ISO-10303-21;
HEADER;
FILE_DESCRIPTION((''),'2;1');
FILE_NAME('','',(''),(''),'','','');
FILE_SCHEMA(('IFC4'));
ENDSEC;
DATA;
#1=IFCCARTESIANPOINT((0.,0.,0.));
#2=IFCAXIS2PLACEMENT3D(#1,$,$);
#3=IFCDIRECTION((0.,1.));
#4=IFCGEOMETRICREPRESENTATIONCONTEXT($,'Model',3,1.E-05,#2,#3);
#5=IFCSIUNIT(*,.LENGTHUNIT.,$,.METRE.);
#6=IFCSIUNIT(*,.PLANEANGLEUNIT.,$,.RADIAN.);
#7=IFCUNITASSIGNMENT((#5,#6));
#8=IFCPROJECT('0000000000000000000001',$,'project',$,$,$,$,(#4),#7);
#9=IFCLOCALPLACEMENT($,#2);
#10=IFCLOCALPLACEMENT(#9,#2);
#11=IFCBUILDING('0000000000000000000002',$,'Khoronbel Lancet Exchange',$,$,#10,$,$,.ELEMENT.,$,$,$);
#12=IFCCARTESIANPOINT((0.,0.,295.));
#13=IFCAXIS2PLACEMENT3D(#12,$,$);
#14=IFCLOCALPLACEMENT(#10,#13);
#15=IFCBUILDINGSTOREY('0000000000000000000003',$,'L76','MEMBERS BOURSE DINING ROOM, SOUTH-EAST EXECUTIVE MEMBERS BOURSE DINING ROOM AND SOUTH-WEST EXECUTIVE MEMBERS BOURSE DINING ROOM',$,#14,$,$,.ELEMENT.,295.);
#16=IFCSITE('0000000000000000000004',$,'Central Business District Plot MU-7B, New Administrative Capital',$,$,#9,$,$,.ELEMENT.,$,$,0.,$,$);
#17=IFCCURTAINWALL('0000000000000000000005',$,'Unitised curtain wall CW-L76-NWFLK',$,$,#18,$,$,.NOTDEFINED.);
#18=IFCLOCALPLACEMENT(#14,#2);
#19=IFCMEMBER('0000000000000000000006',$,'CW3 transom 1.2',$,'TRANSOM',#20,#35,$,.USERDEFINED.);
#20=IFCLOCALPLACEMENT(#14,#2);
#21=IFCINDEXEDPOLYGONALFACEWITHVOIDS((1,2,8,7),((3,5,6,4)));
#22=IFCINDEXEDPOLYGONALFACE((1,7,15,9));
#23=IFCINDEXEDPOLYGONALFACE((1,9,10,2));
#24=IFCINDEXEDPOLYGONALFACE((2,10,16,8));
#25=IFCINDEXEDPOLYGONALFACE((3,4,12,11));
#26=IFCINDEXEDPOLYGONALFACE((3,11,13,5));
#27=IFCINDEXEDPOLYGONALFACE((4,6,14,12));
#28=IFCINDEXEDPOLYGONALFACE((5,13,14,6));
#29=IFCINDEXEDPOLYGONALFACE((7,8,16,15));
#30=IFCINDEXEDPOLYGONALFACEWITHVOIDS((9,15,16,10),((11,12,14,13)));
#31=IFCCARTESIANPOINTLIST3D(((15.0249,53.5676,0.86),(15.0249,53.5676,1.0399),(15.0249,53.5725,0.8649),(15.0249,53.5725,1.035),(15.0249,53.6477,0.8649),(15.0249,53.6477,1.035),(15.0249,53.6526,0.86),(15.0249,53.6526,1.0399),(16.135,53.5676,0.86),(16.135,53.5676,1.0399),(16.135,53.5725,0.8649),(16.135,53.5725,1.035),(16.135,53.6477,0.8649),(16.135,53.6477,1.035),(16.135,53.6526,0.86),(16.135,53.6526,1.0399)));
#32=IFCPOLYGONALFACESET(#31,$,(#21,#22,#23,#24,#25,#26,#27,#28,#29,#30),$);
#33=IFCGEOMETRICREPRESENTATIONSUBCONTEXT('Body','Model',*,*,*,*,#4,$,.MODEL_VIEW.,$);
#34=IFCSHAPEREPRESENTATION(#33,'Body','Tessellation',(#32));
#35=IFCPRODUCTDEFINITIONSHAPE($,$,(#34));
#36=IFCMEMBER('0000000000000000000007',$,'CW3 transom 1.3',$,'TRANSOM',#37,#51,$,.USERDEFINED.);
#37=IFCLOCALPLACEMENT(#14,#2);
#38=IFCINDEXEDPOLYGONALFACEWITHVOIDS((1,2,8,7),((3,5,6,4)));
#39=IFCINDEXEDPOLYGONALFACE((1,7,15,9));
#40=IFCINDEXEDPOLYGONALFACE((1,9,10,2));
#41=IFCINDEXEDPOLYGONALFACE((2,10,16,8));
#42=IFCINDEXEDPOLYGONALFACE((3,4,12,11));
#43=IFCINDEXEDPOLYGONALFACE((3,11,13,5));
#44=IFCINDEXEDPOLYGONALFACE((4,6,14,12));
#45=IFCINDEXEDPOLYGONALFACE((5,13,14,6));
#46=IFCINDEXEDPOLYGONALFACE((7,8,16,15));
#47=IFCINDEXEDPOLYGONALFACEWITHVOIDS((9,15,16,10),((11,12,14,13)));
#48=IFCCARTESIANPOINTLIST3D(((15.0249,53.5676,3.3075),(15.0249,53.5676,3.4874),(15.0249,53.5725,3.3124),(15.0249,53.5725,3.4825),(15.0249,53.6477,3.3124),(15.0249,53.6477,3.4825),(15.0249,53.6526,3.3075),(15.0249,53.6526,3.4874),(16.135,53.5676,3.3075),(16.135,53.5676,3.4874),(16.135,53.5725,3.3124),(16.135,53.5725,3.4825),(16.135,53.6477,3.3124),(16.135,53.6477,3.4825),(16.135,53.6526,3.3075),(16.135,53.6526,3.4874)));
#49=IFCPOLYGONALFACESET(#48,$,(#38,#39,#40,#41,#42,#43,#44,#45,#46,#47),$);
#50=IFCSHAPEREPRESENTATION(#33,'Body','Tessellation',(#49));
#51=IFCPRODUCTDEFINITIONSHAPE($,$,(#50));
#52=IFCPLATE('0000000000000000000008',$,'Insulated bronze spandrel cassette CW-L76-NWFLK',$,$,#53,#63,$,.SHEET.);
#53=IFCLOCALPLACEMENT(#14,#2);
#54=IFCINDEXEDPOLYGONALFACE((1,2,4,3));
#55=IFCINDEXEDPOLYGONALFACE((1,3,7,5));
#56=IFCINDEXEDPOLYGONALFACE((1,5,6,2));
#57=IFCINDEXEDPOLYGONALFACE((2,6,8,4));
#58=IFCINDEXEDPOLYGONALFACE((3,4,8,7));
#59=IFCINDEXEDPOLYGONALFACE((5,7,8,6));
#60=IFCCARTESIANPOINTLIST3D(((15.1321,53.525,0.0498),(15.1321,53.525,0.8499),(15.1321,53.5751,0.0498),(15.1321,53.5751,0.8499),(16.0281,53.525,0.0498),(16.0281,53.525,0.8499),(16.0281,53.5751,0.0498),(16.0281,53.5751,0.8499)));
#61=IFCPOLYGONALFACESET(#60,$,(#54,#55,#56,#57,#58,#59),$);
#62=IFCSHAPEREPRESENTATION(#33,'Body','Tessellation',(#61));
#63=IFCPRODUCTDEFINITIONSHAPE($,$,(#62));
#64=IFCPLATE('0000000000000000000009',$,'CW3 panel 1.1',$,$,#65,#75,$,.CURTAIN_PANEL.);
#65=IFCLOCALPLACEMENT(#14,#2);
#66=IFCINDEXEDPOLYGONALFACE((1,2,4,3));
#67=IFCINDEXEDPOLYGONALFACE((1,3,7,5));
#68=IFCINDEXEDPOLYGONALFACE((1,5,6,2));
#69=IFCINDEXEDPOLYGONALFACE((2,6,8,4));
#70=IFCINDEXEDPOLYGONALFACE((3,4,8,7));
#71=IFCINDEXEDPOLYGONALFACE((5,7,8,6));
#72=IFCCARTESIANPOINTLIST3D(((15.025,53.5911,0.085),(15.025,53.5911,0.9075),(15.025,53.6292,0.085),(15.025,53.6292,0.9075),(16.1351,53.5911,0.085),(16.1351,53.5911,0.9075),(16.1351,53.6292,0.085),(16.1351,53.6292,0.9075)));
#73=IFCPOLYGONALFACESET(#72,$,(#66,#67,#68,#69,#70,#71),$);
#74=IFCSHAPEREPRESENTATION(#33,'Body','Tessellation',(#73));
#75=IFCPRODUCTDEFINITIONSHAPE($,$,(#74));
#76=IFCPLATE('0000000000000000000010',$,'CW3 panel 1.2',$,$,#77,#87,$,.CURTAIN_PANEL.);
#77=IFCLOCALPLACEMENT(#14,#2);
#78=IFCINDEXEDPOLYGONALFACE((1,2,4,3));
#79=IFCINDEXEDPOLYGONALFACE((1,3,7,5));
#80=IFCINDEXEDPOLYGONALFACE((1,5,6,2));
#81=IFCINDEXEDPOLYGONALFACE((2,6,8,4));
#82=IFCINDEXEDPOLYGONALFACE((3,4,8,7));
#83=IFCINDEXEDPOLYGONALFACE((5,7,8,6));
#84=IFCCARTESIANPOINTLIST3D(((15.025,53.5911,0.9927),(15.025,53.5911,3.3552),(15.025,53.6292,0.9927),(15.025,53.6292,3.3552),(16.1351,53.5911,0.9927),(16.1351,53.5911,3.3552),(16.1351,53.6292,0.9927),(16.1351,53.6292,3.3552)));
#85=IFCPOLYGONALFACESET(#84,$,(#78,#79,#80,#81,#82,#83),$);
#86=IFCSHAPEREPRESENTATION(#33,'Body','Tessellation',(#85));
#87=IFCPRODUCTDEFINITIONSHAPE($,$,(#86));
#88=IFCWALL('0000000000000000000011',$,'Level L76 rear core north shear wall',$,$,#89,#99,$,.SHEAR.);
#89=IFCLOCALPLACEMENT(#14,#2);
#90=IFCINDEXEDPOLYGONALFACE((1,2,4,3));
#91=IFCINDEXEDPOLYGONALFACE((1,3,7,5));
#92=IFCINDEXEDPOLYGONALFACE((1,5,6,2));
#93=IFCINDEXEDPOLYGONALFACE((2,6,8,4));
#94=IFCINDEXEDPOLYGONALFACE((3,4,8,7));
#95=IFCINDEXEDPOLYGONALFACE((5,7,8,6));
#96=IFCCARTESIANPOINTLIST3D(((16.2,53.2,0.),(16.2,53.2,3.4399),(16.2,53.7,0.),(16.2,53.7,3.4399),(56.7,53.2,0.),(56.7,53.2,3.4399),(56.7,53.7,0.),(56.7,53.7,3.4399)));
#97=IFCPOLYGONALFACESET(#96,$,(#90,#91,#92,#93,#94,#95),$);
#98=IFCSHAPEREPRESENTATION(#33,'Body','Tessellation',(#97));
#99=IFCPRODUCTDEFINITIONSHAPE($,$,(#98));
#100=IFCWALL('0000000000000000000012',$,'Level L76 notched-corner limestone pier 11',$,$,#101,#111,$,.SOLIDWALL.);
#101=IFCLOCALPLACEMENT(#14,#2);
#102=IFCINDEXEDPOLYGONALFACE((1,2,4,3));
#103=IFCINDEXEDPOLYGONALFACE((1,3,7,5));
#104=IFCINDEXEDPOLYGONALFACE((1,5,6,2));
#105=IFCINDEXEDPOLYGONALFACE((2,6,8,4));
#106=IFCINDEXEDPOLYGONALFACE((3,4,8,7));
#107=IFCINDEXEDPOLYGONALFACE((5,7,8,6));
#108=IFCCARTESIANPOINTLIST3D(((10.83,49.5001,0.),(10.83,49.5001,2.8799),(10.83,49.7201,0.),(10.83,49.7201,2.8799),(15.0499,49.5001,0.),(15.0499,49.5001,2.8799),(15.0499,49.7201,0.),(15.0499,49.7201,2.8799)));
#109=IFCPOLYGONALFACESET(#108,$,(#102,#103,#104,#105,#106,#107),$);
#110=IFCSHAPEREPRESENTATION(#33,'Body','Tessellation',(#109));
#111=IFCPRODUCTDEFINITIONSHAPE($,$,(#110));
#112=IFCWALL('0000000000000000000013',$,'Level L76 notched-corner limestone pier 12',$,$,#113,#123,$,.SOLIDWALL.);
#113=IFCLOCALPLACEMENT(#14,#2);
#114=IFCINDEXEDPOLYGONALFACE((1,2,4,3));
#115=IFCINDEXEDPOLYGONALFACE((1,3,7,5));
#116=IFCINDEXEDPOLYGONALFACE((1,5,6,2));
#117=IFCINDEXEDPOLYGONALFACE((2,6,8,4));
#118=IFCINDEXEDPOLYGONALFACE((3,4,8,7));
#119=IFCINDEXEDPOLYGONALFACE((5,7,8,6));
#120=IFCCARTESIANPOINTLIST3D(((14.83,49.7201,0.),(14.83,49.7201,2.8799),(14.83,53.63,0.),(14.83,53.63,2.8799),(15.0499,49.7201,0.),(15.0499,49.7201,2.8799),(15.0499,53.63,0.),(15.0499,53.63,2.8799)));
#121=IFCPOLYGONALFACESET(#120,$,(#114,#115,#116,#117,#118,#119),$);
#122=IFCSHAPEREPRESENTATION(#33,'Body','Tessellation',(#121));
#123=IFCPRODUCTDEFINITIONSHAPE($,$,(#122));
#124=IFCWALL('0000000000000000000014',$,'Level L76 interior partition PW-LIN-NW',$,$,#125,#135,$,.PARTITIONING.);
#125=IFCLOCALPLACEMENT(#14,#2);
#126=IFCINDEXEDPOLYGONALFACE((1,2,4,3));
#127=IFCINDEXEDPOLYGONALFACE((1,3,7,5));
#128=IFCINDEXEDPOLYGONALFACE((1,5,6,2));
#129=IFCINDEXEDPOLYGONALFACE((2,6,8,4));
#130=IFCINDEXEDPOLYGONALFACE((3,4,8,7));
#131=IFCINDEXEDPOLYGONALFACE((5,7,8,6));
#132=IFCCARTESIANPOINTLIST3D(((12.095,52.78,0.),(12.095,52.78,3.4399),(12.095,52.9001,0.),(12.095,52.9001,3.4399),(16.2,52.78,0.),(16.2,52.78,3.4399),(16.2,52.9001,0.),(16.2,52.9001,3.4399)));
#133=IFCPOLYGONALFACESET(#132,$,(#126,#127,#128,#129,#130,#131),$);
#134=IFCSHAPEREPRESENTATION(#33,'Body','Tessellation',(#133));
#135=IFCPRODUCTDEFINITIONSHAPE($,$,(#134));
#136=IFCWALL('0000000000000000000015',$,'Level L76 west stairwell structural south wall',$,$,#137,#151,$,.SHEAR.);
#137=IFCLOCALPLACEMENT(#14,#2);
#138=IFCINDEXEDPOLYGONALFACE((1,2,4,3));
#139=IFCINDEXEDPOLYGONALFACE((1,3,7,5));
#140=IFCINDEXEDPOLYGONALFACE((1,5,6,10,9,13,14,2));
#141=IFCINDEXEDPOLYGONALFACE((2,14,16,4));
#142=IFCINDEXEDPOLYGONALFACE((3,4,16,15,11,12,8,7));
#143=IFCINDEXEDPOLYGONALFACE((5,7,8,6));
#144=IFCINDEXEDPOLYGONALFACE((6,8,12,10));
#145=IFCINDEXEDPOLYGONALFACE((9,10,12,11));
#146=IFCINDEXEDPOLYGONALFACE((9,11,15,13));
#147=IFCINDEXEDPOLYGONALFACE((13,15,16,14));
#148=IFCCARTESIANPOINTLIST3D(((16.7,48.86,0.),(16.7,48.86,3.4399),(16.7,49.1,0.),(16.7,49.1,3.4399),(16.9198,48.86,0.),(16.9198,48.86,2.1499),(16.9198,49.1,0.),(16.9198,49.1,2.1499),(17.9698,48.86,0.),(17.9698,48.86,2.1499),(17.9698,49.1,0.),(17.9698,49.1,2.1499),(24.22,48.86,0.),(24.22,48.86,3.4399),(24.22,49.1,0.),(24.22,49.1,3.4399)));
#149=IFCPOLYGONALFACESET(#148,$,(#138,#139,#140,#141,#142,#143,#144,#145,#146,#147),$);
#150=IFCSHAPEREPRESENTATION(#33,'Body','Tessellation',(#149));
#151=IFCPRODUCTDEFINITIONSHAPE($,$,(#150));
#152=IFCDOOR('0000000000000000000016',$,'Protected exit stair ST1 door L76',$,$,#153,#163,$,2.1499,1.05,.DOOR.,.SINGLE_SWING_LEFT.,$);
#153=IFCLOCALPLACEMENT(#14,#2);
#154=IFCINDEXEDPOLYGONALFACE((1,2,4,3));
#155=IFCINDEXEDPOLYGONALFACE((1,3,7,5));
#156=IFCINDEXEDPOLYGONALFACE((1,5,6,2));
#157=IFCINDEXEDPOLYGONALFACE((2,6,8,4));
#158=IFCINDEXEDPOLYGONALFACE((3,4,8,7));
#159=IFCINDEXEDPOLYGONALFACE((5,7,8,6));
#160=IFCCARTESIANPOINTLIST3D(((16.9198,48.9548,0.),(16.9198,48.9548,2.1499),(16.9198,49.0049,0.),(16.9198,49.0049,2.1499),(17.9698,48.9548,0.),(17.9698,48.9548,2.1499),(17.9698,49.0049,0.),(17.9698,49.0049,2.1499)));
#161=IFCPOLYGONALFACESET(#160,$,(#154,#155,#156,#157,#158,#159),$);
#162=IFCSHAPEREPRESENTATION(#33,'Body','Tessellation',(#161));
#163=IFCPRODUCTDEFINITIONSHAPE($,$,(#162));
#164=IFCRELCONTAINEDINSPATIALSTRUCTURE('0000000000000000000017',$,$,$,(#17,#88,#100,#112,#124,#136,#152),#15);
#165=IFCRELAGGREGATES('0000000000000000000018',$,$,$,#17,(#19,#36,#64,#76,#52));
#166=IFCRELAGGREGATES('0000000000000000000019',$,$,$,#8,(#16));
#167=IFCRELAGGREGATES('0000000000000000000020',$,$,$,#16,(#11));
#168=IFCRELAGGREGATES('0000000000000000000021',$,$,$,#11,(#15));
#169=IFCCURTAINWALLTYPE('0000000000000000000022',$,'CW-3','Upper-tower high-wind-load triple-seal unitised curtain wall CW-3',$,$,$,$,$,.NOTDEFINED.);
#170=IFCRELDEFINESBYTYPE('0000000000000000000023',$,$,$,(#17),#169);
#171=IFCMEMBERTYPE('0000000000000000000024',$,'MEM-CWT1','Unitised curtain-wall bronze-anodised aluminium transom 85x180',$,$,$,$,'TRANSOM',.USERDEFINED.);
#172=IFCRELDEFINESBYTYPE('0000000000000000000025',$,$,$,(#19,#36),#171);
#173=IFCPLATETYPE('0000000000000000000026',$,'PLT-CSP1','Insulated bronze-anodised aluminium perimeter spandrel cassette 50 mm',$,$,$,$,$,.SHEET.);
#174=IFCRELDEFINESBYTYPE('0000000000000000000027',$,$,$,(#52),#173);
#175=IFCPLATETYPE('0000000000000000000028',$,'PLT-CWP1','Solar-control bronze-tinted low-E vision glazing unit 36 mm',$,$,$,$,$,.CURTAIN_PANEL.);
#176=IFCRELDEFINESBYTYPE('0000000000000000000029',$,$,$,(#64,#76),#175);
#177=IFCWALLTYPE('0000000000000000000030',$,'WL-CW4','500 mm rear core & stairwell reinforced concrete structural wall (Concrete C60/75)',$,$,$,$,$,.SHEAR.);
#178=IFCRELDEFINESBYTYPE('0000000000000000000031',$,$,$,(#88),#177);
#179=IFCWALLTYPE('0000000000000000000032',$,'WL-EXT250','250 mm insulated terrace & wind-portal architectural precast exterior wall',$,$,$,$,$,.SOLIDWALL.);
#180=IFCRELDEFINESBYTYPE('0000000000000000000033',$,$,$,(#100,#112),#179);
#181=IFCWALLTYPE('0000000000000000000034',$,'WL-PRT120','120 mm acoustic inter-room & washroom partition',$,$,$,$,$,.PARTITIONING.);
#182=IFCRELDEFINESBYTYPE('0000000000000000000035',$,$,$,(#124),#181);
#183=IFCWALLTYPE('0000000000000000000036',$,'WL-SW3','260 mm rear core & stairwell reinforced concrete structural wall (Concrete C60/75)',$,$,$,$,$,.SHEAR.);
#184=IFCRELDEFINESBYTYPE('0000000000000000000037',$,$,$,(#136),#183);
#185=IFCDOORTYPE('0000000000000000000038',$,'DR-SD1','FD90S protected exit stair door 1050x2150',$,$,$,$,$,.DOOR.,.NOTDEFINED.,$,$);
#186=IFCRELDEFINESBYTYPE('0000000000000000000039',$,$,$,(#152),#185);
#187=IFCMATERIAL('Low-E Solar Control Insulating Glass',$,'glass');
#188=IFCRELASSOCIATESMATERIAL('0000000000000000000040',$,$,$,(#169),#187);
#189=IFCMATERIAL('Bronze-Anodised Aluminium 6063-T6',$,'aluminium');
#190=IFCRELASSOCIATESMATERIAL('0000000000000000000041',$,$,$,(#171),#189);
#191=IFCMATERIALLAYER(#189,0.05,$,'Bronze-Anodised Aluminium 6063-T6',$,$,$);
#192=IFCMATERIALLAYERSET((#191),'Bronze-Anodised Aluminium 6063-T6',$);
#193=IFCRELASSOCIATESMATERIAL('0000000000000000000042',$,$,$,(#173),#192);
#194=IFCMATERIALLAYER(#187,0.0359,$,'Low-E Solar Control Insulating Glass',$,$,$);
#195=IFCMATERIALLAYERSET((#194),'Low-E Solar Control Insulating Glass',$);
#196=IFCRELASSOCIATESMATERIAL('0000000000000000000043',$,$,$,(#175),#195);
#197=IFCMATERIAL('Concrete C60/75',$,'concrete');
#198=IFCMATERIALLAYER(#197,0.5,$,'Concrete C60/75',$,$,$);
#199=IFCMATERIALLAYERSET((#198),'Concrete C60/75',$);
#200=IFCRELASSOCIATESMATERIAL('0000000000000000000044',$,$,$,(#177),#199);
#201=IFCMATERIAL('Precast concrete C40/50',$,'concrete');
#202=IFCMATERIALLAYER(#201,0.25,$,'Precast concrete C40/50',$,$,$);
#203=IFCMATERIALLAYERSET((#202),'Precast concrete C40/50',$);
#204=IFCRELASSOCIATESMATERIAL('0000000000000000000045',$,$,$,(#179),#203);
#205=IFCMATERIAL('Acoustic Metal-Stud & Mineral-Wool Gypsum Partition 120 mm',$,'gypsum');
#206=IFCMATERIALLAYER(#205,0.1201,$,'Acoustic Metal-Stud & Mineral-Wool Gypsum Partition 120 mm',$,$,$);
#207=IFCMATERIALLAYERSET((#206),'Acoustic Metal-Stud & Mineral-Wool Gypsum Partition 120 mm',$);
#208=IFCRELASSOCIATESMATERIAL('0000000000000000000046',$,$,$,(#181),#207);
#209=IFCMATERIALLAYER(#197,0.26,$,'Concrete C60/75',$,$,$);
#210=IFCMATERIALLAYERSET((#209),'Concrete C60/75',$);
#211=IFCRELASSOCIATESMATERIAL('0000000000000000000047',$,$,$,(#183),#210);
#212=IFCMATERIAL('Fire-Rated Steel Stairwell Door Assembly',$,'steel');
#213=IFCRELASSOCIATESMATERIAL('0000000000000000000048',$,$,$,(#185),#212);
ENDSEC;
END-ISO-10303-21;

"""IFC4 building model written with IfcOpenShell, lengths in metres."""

from ifc_helpers import new_model, si_unit, direction, frame, frame_2d, origin, origin_2d, place, context, subcontext, project, spatial, rectangle, hollow_rectangle, extrude, material, layer, layer_set, material_profile, profile_set, type_object, element, fill, aggregate, save


model = new_model("IFC4")

# Units and contexts
model_context = context("Model", 3, precision=1e-05, world=origin(), true_north=direction((0.0, 1.0)))
body_context = subcontext(model_context, "Body", "Model", "MODEL_VIEW")
ifc_project = project(units=[si_unit("LENGTHUNIT", "METRE"), si_unit("PLANEANGLEUNIT", "RADIAN")], contexts=[model_context])

# Site, building, storey
site_placement = place(None, origin())
site = spatial("IfcSite", under=ifc_project, at=site_placement, Name="Central Business District Plot MU-7B, New Administrative Capital", CompositionType="ELEMENT", RefElevation=0.0)
building_placement = place(site_placement, origin())
building = spatial("IfcBuilding", under=site, at=building_placement, Name="Khoronbel Lancet Exchange", CompositionType="ELEMENT")
storey_placement = place(building_placement, frame((0.0, 0.0, 295.0)))
storey = spatial("IfcBuildingStorey", under=building, at=storey_placement, Name="L76", Description="MEMBERS BOURSE DINING ROOM, SOUTH-EAST EXECUTIVE MEMBERS BOURSE DINING ROOM AND SOUTH-WEST EXECUTIVE MEMBERS BOURSE DINING ROOM", CompositionType="ELEMENT", Elevation=295.0)

# Curtain wall, members, plates
ifc_material_1 = material(Name="Low-E Solar Control Insulating Glass", Category="glass")
curtain_wall_type = type_object("IfcCurtainWallType", Name="CW-3", Description="Upper-tower high-wind-load triple-seal unitised curtain wall CW-3", PredefinedType="NOTDEFINED", material=ifc_material_1)
curtain_wall_placement = place(storey_placement, origin())
curtain_wall = element("IfcCurtainWall", 1, at=curtain_wall_placement, inside=storey, type_object=curtain_wall_type, Name="Unitised curtain wall CW-L76-NWFLK", PredefinedType="NOTDEFINED")
ifc_material_2 = material(Name="Bronze-Anodised Aluminium 6063-T6", Category="aluminium")
ifc_material_profile_1 = material_profile(ifc_material_2, hollow_rectangle(XDim=0.085, YDim=0.1799, WallThickness=0.0049, at=origin_2d()), Name="ALU TRANSOM 85x180")
ifc_profile_set_1 = profile_set([ifc_material_profile_1], Name="Bronze-Anodised Aluminium 6063-T6")
member_type_1 = type_object("IfcMemberType", Name="MEM-CWT1", Description="Unitised curtain-wall bronze-anodised aluminium transom 85x180", ElementType="TRANSOM", PredefinedType="USERDEFINED", material=ifc_profile_set_1)
member_1_placement = place(storey_placement, frame((16.135, 53.6101, 0.95), z_axis=(-1.0, 0.0, 0.0), x_axis=(0.0, -1.0, 0.0)))
member_1 = element("IfcMember", 2, at=member_1_placement, type_object=member_type_1, Name="CW3 transom 1.2", ObjectType="TRANSOM", PredefinedType="USERDEFINED", context=body_context, shape_type="SweptSolid", body=[
    extrude(hollow_rectangle(XDim=0.085, YDim=0.1799, WallThickness=0.0049, at=origin_2d()), origin(), (0.0, 0.0, 1.0), 1.1101),
])
member_2_placement = place(storey_placement, frame((16.135, 53.6101, 3.3975), z_axis=(-1.0, 0.0, 0.0), x_axis=(0.0, -1.0, 0.0)))
member_2 = element("IfcMember", 3, at=member_2_placement, type_object=member_type_1, Name="CW3 transom 1.3", ObjectType="TRANSOM", PredefinedType="USERDEFINED", context=body_context, shape_type="SweptSolid", body=[
    extrude(hollow_rectangle(XDim=0.085, YDim=0.1799, WallThickness=0.0049, at=origin_2d()), origin(), (0.0, 0.0, 1.0), 1.1101),
])
ifc_layer_1 = layer(ifc_material_2, 0.05, Name="Bronze-Anodised Aluminium 6063-T6")
ifc_layer_set_1 = layer_set([ifc_layer_1], Name="Bronze-Anodised Aluminium 6063-T6")
plate_type_1 = type_object("IfcPlateType", Name="PLT-CSP1", Description="Insulated bronze-anodised aluminium perimeter spandrel cassette 50 mm", PredefinedType="SHEET", material=ifc_layer_set_1)
plate_1_placement = place(storey_placement, frame((15.5801, 53.55, 0.0498), z_axis=(0.0, 0.0, 1.0), x_axis=(-1.0, 0.0, 0.0)))
plate_1 = element("IfcPlate", 4, at=plate_1_placement, type_object=plate_type_1, Name="Insulated bronze spandrel cassette CW-L76-NWFLK", PredefinedType="SHEET", context=body_context, shape_type="SweptSolid", body=[
    extrude(rectangle(XDim=0.896, YDim=0.05, at=origin_2d()), origin(), (0.0, 0.0, 1.0), 0.8),
])
ifc_layer_2 = layer(ifc_material_1, 0.0359, Name="Low-E Solar Control Insulating Glass")
ifc_layer_set_2 = layer_set([ifc_layer_2], Name="Low-E Solar Control Insulating Glass")
plate_type_2 = type_object("IfcPlateType", Name="PLT-CWP1", Description="Solar-control bronze-tinted low-E vision glazing unit 36 mm", PredefinedType="CURTAIN_PANEL", material=ifc_layer_set_2)
plate_2_placement = place(storey_placement, frame((15.5801, 53.6101, 0.085), z_axis=(0.0, 0.0, 1.0), x_axis=(-1.0, 0.0, 0.0)))
plate_2 = element("IfcPlate", 5, at=plate_2_placement, type_object=plate_type_2, Name="CW3 panel 1.1", PredefinedType="CURTAIN_PANEL", context=body_context, shape_type="SweptSolid", body=[
    extrude(rectangle(XDim=1.1101, YDim=0.0381, at=origin_2d()), origin(), (0.0, 0.0, 1.0), 0.8225),
])
plate_3_placement = place(storey_placement, frame((15.5801, 53.6101, 0.9927), z_axis=(0.0, 0.0, 1.0), x_axis=(-1.0, 0.0, 0.0)))
plate_3 = element("IfcPlate", 6, at=plate_3_placement, type_object=plate_type_2, Name="CW3 panel 1.2", PredefinedType="CURTAIN_PANEL", context=body_context, shape_type="SweptSolid", body=[
    extrude(rectangle(XDim=1.1101, YDim=0.0381, at=origin_2d()), origin(), (0.0, 0.0, 1.0), 2.3625),
])
aggregate(curtain_wall, [member_1, member_2, plate_2, plate_3, plate_1])

# Walls
ifc_material_3 = material(Name="Concrete C60/75", Category="concrete")
ifc_layer_3 = layer(ifc_material_3, 0.5, Name="Concrete C60/75")
ifc_layer_set_3 = layer_set([ifc_layer_3], Name="Concrete C60/75")
wall_type_1 = type_object("IfcWallType", Name="WL-CW4", Description="500 mm rear core & stairwell reinforced concrete structural wall (Concrete C60/75)", PredefinedType="SHEAR", material=ifc_layer_set_3)
wall_1_placement = place(storey_placement, frame((16.2, 53.45, 0.0), z_axis=(0.0, 0.0, 1.0), x_axis=(1.0, 0.0, 0.0)))
element("IfcWall", 7, at=wall_1_placement, inside=storey, type_object=wall_type_1, Name="Level L76 rear core north shear wall", PredefinedType="SHEAR", context=body_context, shape_type="SweptSolid", body=[
    extrude(rectangle(XDim=40.5, YDim=0.5, at=frame_2d((20.25, 0.0))), origin(), (0.0, 0.0, 1.0), 3.4399),
])
ifc_material_4 = material(Name="Precast concrete C40/50", Category="concrete")
ifc_layer_4 = layer(ifc_material_4, 0.25, Name="Precast concrete C40/50")
ifc_layer_set_4 = layer_set([ifc_layer_4], Name="Precast concrete C40/50")
wall_type_2 = type_object("IfcWallType", Name="WL-EXT250", Description="250 mm insulated terrace & wind-portal architectural precast exterior wall", PredefinedType="SOLIDWALL", material=ifc_layer_set_4)
wall_2_placement = place(storey_placement, frame((10.8301, 49.6101, 0.0), z_axis=(0.0, 0.0, 1.0), x_axis=(1.0, 0.0, 0.0)))
element("IfcWall", 8, at=wall_2_placement, inside=storey, type_object=wall_type_2, Name="Level L76 notched-corner limestone pier 11", PredefinedType="SOLIDWALL", context=body_context, shape_type="SweptSolid", body=[
    extrude(rectangle(XDim=4.22, YDim=0.22, at=frame_2d((2.1099, 0.0))), origin(), (0.0, 0.0, 1.0), 2.8799),
])
wall_3_placement = place(storey_placement, frame((14.9399, 49.72, 0.0), z_axis=(0.0, 0.0, 1.0), x_axis=(0.0, 1.0, 0.0)))
element("IfcWall", 9, at=wall_3_placement, inside=storey, type_object=wall_type_2, Name="Level L76 notched-corner limestone pier 12", PredefinedType="SOLIDWALL", context=body_context, shape_type="SweptSolid", body=[
    extrude(rectangle(XDim=3.9099, YDim=0.22, at=frame_2d((1.9551, 0.0))), origin(), (0.0, 0.0, 1.0), 2.8799),
])
ifc_material_5 = material(Name="Acoustic Metal-Stud & Mineral-Wool Gypsum Partition 120 mm", Category="gypsum")
ifc_layer_5 = layer(ifc_material_5, 0.1201, Name="Acoustic Metal-Stud & Mineral-Wool Gypsum Partition 120 mm")
ifc_layer_set_5 = layer_set([ifc_layer_5], Name="Acoustic Metal-Stud & Mineral-Wool Gypsum Partition 120 mm")
wall_type_3 = type_object("IfcWallType", Name="WL-PRT120", Description="120 mm acoustic inter-room & washroom partition", PredefinedType="PARTITIONING", material=ifc_layer_set_5)
wall_4_placement = place(storey_placement, frame((12.095, 52.8401, 0.0), z_axis=(0.0, 0.0, 1.0), x_axis=(1.0, 0.0, 0.0)))
element("IfcWall", 10, at=wall_4_placement, inside=storey, type_object=wall_type_3, Name="Level L76 interior partition PW-LIN-NW", PredefinedType="PARTITIONING", context=body_context, shape_type="SweptSolid", body=[
    extrude(rectangle(XDim=4.105, YDim=0.1201, at=frame_2d((2.0525, 0.0))), origin(), (0.0, 0.0, 1.0), 3.4399),
])

# Wall, opening, door
ifc_layer_6 = layer(ifc_material_3, 0.26, Name="Concrete C60/75")
ifc_layer_set_6 = layer_set([ifc_layer_6], Name="Concrete C60/75")
wall_type_4 = type_object("IfcWallType", Name="WL-SW3", Description="260 mm rear core & stairwell reinforced concrete structural wall (Concrete C60/75)", PredefinedType="SHEAR", material=ifc_layer_set_6)
wall_5_placement = place(storey_placement, frame((16.7, 48.98, 0.0), z_axis=(0.0, 0.0, 1.0), x_axis=(1.0, 0.0, 0.0)))
wall_5 = element("IfcWall", 11, at=wall_5_placement, inside=storey, type_object=wall_type_4, Name="Level L76 west stairwell structural south wall", PredefinedType="SHEAR", context=body_context, shape_type="SweptSolid", body=[
    extrude(rectangle(XDim=7.52, YDim=0.24, at=frame_2d((3.76, 0.0))), origin(), (0.0, 0.0, 1.0), 3.4399),
])
opening_placement = place(wall_5_placement, frame((0.22, 0.0, 0.0)))
opening = element("IfcOpeningElement", 12, at=opening_placement, cuts=wall_5, PredefinedType="OPENING", context=body_context, shape_type="SweptSolid", body=[
    extrude(rectangle(XDim=1.05, YDim=2.1499, at=frame_2d((0.5249, 1.075))), frame((0.0, 0.1299, 0.0), z_axis=(0.0, -1.0, 0.0), x_axis=(1.0, 0.0, 0.0)), (0.0, 0.0, 1.0), 0.26),
])
ifc_material_6 = material(Name="Fire-Rated Steel Stairwell Door Assembly", Category="steel")
door_type = type_object("IfcDoorType", Name="DR-SD1", Description="FD90S protected exit stair door 1050x2150", OperationType="NOTDEFINED", PredefinedType="DOOR", material=ifc_material_6)
door_placement = place(opening_placement, origin())
door = element("IfcDoor", 13, at=door_placement, inside=storey, type_object=door_type, Name="Protected exit stair ST1 door L76", OperationType="SINGLE_SWING_LEFT", OverallHeight=2.1499, OverallWidth=1.05, PredefinedType="DOOR", context=body_context, shape_type="SweptSolid", body=[
    extrude(rectangle(XDim=1.05, YDim=2.1499, at=frame_2d((0.5249, 1.075))), frame((0.0, 0.0249, 0.0), z_axis=(0.0, -1.0, 0.0), x_axis=(1.0, 0.0, 0.0)), (0.0, 0.0, 1.0), 0.05),
])
fill(opening, door)

save(model, "model.ifc")
